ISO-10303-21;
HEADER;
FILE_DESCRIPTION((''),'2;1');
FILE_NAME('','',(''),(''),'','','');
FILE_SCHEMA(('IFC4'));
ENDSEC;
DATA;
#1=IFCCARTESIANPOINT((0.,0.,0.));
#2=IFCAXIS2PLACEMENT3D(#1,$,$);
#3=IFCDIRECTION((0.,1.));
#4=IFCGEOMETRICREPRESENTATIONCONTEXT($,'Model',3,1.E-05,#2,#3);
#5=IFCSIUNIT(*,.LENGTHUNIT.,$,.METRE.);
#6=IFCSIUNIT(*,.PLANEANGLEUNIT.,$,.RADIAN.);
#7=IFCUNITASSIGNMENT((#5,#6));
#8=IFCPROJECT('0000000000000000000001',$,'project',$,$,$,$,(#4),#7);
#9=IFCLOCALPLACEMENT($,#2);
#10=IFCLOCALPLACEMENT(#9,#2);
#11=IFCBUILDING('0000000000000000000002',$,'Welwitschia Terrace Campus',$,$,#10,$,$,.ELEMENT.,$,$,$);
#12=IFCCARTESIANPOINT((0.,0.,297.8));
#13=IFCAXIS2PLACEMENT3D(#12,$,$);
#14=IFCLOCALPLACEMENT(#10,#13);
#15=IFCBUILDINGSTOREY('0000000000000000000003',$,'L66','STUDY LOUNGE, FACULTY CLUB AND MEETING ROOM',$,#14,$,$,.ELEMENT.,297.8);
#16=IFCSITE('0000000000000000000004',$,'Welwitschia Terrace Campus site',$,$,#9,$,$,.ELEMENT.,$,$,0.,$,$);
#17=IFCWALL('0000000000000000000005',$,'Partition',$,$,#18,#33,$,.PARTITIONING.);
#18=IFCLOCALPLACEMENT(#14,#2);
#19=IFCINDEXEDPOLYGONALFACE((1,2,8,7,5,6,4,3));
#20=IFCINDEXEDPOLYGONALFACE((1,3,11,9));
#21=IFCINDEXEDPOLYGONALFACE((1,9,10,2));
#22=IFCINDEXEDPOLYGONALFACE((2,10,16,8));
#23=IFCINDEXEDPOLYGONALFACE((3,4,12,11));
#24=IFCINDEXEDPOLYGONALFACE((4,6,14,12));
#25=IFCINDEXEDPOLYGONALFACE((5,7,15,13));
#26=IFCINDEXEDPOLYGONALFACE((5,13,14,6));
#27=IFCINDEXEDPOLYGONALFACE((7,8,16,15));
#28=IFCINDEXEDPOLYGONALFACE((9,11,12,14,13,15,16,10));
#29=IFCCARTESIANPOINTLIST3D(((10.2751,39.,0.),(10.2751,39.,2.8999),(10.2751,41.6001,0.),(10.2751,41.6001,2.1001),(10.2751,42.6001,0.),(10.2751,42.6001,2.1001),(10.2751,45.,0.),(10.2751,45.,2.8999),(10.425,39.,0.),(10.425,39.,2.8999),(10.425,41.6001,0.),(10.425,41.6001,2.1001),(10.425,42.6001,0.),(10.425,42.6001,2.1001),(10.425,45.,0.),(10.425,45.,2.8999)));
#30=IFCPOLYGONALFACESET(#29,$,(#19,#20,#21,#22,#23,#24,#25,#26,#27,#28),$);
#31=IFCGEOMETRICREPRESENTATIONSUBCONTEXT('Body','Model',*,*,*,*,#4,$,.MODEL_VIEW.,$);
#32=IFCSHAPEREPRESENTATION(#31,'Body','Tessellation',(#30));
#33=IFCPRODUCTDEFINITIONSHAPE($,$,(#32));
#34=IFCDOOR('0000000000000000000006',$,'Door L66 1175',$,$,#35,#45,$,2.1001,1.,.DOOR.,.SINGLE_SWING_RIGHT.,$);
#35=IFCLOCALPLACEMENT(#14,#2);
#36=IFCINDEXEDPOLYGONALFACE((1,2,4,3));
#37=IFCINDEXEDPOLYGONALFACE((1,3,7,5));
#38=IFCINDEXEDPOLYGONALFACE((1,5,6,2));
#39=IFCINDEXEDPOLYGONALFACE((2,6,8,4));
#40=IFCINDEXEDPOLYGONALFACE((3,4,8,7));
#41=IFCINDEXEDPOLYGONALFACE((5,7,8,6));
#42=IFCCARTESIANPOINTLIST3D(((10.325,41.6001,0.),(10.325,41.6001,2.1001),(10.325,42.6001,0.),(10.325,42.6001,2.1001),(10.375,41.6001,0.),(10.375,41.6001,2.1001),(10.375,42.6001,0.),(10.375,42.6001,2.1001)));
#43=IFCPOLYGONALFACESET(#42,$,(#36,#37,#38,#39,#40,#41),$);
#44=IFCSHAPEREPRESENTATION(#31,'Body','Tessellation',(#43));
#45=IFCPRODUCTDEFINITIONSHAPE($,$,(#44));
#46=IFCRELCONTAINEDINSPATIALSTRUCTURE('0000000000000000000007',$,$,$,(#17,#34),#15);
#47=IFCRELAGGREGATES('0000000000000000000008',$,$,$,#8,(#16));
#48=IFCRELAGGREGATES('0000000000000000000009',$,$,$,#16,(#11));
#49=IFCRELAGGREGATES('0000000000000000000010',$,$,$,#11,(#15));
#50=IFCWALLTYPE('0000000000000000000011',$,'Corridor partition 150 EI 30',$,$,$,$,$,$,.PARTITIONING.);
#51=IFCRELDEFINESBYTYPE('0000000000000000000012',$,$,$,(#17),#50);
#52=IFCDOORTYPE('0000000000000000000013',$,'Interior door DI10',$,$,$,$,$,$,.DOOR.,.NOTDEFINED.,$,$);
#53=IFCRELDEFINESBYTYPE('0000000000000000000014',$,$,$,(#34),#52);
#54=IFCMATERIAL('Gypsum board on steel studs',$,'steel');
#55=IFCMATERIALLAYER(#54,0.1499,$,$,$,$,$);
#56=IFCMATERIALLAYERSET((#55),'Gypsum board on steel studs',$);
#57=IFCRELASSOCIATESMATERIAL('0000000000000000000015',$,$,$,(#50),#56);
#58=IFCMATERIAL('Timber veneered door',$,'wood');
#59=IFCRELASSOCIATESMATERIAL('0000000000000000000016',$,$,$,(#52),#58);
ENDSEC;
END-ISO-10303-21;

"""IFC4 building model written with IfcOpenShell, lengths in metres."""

from ifc_helpers import new_model, si_unit, direction, frame, frame_2d, origin, place, context, subcontext, project, spatial, rectangle, extrude, material, layer, layer_set, type_object, element, fill, save


model = new_model("IFC4")

# Units and contexts
model_context = context("Model", 3, precision=1e-05, world=origin(), true_north=direction((0.0, 1.0)))
body_context = subcontext(model_context, "Body", "Model", "MODEL_VIEW")
ifc_project = project(units=[si_unit("LENGTHUNIT", "METRE"), si_unit("PLANEANGLEUNIT", "RADIAN")], contexts=[model_context])

# Site, building, storey
site_placement = place(None, origin())
site = spatial("IfcSite", under=ifc_project, at=site_placement, Name="Welwitschia Terrace Campus site", CompositionType="ELEMENT", RefElevation=0.0)
building_placement = place(site_placement, origin())
building = spatial("IfcBuilding", under=site, at=building_placement, Name="Welwitschia Terrace Campus", CompositionType="ELEMENT")
storey_placement = place(building_placement, frame((0.0, 0.0, 297.8)))
storey = spatial("IfcBuildingStorey", under=building, at=storey_placement, Name="L66", Description="STUDY LOUNGE, FACULTY CLUB AND MEETING ROOM", CompositionType="ELEMENT", Elevation=297.8)

# Shared definitions
ifc_material_1 = material(Name="Gypsum board on steel studs", Category="steel")
ifc_layer_1 = layer(ifc_material_1, 0.1499)
ifc_layer_set_1 = layer_set([ifc_layer_1], Name="Gypsum board on steel studs")
wall_type = type_object("IfcWallType", Name="Corridor partition 150 EI 30", PredefinedType="PARTITIONING", material=ifc_layer_set_1)

# Wall, opening, door
ifc_material_2 = material(Name="Timber veneered door", Category="wood")
door_type = type_object("IfcDoorType", Name="Interior door DI10", OperationType="NOTDEFINED", PredefinedType="DOOR", material=ifc_material_2)
wall_1_placement = place(storey_placement, frame((10.3501, 45.0, 0.0), z_axis=(0.0, 0.0, 1.0), x_axis=(0.0, -1.0, 0.0)))
wall_1 = element("IfcWall", 1, at=wall_1_placement, inside=storey, type_object=wall_type, Name="Partition", PredefinedType="PARTITIONING", context=body_context, shape_type="SweptSolid", body=[
    extrude(rectangle(XDim=6.0, YDim=0.1499, at=frame_2d((3.0, 0.0))), origin(), (0.0, 0.0, 1.0), 2.8999),
])
opening_1_placement = place(wall_1_placement, frame((2.3999, 0.0, 0.0)))
opening_1 = element("IfcOpeningElement", 2, at=opening_1_placement, cuts=wall_1, PredefinedType="OPENING", context=body_context, shape_type="SweptSolid", body=[
    extrude(rectangle(XDim=1.0, YDim=2.1001, at=frame_2d((0.5, 1.05))), frame((0.0, 0.085, 0.0), z_axis=(0.0, -1.0, 0.0), x_axis=(1.0, 0.0, 0.0)), (0.0, 0.0, 1.0), 0.1699),
])
door_1_placement = place(opening_1_placement, origin())
door_1 = element("IfcDoor", 3, at=door_1_placement, inside=storey, type_object=door_type, Name="Door L66 1175", OperationType="SINGLE_SWING_RIGHT", OverallHeight=2.1001, OverallWidth=1.0, PredefinedType="DOOR", context=body_context, shape_type="SweptSolid", body=[
    extrude(rectangle(XDim=1.0, YDim=2.1001, at=frame_2d((0.5, 1.05))), frame((0.0, 0.0249, 0.0), z_axis=(0.0, -1.0, 0.0), x_axis=(1.0, 0.0, 0.0)), (0.0, 0.0, 1.0), 0.05),
])
fill(opening_1, door_1)

save(model, "model.ifc")
